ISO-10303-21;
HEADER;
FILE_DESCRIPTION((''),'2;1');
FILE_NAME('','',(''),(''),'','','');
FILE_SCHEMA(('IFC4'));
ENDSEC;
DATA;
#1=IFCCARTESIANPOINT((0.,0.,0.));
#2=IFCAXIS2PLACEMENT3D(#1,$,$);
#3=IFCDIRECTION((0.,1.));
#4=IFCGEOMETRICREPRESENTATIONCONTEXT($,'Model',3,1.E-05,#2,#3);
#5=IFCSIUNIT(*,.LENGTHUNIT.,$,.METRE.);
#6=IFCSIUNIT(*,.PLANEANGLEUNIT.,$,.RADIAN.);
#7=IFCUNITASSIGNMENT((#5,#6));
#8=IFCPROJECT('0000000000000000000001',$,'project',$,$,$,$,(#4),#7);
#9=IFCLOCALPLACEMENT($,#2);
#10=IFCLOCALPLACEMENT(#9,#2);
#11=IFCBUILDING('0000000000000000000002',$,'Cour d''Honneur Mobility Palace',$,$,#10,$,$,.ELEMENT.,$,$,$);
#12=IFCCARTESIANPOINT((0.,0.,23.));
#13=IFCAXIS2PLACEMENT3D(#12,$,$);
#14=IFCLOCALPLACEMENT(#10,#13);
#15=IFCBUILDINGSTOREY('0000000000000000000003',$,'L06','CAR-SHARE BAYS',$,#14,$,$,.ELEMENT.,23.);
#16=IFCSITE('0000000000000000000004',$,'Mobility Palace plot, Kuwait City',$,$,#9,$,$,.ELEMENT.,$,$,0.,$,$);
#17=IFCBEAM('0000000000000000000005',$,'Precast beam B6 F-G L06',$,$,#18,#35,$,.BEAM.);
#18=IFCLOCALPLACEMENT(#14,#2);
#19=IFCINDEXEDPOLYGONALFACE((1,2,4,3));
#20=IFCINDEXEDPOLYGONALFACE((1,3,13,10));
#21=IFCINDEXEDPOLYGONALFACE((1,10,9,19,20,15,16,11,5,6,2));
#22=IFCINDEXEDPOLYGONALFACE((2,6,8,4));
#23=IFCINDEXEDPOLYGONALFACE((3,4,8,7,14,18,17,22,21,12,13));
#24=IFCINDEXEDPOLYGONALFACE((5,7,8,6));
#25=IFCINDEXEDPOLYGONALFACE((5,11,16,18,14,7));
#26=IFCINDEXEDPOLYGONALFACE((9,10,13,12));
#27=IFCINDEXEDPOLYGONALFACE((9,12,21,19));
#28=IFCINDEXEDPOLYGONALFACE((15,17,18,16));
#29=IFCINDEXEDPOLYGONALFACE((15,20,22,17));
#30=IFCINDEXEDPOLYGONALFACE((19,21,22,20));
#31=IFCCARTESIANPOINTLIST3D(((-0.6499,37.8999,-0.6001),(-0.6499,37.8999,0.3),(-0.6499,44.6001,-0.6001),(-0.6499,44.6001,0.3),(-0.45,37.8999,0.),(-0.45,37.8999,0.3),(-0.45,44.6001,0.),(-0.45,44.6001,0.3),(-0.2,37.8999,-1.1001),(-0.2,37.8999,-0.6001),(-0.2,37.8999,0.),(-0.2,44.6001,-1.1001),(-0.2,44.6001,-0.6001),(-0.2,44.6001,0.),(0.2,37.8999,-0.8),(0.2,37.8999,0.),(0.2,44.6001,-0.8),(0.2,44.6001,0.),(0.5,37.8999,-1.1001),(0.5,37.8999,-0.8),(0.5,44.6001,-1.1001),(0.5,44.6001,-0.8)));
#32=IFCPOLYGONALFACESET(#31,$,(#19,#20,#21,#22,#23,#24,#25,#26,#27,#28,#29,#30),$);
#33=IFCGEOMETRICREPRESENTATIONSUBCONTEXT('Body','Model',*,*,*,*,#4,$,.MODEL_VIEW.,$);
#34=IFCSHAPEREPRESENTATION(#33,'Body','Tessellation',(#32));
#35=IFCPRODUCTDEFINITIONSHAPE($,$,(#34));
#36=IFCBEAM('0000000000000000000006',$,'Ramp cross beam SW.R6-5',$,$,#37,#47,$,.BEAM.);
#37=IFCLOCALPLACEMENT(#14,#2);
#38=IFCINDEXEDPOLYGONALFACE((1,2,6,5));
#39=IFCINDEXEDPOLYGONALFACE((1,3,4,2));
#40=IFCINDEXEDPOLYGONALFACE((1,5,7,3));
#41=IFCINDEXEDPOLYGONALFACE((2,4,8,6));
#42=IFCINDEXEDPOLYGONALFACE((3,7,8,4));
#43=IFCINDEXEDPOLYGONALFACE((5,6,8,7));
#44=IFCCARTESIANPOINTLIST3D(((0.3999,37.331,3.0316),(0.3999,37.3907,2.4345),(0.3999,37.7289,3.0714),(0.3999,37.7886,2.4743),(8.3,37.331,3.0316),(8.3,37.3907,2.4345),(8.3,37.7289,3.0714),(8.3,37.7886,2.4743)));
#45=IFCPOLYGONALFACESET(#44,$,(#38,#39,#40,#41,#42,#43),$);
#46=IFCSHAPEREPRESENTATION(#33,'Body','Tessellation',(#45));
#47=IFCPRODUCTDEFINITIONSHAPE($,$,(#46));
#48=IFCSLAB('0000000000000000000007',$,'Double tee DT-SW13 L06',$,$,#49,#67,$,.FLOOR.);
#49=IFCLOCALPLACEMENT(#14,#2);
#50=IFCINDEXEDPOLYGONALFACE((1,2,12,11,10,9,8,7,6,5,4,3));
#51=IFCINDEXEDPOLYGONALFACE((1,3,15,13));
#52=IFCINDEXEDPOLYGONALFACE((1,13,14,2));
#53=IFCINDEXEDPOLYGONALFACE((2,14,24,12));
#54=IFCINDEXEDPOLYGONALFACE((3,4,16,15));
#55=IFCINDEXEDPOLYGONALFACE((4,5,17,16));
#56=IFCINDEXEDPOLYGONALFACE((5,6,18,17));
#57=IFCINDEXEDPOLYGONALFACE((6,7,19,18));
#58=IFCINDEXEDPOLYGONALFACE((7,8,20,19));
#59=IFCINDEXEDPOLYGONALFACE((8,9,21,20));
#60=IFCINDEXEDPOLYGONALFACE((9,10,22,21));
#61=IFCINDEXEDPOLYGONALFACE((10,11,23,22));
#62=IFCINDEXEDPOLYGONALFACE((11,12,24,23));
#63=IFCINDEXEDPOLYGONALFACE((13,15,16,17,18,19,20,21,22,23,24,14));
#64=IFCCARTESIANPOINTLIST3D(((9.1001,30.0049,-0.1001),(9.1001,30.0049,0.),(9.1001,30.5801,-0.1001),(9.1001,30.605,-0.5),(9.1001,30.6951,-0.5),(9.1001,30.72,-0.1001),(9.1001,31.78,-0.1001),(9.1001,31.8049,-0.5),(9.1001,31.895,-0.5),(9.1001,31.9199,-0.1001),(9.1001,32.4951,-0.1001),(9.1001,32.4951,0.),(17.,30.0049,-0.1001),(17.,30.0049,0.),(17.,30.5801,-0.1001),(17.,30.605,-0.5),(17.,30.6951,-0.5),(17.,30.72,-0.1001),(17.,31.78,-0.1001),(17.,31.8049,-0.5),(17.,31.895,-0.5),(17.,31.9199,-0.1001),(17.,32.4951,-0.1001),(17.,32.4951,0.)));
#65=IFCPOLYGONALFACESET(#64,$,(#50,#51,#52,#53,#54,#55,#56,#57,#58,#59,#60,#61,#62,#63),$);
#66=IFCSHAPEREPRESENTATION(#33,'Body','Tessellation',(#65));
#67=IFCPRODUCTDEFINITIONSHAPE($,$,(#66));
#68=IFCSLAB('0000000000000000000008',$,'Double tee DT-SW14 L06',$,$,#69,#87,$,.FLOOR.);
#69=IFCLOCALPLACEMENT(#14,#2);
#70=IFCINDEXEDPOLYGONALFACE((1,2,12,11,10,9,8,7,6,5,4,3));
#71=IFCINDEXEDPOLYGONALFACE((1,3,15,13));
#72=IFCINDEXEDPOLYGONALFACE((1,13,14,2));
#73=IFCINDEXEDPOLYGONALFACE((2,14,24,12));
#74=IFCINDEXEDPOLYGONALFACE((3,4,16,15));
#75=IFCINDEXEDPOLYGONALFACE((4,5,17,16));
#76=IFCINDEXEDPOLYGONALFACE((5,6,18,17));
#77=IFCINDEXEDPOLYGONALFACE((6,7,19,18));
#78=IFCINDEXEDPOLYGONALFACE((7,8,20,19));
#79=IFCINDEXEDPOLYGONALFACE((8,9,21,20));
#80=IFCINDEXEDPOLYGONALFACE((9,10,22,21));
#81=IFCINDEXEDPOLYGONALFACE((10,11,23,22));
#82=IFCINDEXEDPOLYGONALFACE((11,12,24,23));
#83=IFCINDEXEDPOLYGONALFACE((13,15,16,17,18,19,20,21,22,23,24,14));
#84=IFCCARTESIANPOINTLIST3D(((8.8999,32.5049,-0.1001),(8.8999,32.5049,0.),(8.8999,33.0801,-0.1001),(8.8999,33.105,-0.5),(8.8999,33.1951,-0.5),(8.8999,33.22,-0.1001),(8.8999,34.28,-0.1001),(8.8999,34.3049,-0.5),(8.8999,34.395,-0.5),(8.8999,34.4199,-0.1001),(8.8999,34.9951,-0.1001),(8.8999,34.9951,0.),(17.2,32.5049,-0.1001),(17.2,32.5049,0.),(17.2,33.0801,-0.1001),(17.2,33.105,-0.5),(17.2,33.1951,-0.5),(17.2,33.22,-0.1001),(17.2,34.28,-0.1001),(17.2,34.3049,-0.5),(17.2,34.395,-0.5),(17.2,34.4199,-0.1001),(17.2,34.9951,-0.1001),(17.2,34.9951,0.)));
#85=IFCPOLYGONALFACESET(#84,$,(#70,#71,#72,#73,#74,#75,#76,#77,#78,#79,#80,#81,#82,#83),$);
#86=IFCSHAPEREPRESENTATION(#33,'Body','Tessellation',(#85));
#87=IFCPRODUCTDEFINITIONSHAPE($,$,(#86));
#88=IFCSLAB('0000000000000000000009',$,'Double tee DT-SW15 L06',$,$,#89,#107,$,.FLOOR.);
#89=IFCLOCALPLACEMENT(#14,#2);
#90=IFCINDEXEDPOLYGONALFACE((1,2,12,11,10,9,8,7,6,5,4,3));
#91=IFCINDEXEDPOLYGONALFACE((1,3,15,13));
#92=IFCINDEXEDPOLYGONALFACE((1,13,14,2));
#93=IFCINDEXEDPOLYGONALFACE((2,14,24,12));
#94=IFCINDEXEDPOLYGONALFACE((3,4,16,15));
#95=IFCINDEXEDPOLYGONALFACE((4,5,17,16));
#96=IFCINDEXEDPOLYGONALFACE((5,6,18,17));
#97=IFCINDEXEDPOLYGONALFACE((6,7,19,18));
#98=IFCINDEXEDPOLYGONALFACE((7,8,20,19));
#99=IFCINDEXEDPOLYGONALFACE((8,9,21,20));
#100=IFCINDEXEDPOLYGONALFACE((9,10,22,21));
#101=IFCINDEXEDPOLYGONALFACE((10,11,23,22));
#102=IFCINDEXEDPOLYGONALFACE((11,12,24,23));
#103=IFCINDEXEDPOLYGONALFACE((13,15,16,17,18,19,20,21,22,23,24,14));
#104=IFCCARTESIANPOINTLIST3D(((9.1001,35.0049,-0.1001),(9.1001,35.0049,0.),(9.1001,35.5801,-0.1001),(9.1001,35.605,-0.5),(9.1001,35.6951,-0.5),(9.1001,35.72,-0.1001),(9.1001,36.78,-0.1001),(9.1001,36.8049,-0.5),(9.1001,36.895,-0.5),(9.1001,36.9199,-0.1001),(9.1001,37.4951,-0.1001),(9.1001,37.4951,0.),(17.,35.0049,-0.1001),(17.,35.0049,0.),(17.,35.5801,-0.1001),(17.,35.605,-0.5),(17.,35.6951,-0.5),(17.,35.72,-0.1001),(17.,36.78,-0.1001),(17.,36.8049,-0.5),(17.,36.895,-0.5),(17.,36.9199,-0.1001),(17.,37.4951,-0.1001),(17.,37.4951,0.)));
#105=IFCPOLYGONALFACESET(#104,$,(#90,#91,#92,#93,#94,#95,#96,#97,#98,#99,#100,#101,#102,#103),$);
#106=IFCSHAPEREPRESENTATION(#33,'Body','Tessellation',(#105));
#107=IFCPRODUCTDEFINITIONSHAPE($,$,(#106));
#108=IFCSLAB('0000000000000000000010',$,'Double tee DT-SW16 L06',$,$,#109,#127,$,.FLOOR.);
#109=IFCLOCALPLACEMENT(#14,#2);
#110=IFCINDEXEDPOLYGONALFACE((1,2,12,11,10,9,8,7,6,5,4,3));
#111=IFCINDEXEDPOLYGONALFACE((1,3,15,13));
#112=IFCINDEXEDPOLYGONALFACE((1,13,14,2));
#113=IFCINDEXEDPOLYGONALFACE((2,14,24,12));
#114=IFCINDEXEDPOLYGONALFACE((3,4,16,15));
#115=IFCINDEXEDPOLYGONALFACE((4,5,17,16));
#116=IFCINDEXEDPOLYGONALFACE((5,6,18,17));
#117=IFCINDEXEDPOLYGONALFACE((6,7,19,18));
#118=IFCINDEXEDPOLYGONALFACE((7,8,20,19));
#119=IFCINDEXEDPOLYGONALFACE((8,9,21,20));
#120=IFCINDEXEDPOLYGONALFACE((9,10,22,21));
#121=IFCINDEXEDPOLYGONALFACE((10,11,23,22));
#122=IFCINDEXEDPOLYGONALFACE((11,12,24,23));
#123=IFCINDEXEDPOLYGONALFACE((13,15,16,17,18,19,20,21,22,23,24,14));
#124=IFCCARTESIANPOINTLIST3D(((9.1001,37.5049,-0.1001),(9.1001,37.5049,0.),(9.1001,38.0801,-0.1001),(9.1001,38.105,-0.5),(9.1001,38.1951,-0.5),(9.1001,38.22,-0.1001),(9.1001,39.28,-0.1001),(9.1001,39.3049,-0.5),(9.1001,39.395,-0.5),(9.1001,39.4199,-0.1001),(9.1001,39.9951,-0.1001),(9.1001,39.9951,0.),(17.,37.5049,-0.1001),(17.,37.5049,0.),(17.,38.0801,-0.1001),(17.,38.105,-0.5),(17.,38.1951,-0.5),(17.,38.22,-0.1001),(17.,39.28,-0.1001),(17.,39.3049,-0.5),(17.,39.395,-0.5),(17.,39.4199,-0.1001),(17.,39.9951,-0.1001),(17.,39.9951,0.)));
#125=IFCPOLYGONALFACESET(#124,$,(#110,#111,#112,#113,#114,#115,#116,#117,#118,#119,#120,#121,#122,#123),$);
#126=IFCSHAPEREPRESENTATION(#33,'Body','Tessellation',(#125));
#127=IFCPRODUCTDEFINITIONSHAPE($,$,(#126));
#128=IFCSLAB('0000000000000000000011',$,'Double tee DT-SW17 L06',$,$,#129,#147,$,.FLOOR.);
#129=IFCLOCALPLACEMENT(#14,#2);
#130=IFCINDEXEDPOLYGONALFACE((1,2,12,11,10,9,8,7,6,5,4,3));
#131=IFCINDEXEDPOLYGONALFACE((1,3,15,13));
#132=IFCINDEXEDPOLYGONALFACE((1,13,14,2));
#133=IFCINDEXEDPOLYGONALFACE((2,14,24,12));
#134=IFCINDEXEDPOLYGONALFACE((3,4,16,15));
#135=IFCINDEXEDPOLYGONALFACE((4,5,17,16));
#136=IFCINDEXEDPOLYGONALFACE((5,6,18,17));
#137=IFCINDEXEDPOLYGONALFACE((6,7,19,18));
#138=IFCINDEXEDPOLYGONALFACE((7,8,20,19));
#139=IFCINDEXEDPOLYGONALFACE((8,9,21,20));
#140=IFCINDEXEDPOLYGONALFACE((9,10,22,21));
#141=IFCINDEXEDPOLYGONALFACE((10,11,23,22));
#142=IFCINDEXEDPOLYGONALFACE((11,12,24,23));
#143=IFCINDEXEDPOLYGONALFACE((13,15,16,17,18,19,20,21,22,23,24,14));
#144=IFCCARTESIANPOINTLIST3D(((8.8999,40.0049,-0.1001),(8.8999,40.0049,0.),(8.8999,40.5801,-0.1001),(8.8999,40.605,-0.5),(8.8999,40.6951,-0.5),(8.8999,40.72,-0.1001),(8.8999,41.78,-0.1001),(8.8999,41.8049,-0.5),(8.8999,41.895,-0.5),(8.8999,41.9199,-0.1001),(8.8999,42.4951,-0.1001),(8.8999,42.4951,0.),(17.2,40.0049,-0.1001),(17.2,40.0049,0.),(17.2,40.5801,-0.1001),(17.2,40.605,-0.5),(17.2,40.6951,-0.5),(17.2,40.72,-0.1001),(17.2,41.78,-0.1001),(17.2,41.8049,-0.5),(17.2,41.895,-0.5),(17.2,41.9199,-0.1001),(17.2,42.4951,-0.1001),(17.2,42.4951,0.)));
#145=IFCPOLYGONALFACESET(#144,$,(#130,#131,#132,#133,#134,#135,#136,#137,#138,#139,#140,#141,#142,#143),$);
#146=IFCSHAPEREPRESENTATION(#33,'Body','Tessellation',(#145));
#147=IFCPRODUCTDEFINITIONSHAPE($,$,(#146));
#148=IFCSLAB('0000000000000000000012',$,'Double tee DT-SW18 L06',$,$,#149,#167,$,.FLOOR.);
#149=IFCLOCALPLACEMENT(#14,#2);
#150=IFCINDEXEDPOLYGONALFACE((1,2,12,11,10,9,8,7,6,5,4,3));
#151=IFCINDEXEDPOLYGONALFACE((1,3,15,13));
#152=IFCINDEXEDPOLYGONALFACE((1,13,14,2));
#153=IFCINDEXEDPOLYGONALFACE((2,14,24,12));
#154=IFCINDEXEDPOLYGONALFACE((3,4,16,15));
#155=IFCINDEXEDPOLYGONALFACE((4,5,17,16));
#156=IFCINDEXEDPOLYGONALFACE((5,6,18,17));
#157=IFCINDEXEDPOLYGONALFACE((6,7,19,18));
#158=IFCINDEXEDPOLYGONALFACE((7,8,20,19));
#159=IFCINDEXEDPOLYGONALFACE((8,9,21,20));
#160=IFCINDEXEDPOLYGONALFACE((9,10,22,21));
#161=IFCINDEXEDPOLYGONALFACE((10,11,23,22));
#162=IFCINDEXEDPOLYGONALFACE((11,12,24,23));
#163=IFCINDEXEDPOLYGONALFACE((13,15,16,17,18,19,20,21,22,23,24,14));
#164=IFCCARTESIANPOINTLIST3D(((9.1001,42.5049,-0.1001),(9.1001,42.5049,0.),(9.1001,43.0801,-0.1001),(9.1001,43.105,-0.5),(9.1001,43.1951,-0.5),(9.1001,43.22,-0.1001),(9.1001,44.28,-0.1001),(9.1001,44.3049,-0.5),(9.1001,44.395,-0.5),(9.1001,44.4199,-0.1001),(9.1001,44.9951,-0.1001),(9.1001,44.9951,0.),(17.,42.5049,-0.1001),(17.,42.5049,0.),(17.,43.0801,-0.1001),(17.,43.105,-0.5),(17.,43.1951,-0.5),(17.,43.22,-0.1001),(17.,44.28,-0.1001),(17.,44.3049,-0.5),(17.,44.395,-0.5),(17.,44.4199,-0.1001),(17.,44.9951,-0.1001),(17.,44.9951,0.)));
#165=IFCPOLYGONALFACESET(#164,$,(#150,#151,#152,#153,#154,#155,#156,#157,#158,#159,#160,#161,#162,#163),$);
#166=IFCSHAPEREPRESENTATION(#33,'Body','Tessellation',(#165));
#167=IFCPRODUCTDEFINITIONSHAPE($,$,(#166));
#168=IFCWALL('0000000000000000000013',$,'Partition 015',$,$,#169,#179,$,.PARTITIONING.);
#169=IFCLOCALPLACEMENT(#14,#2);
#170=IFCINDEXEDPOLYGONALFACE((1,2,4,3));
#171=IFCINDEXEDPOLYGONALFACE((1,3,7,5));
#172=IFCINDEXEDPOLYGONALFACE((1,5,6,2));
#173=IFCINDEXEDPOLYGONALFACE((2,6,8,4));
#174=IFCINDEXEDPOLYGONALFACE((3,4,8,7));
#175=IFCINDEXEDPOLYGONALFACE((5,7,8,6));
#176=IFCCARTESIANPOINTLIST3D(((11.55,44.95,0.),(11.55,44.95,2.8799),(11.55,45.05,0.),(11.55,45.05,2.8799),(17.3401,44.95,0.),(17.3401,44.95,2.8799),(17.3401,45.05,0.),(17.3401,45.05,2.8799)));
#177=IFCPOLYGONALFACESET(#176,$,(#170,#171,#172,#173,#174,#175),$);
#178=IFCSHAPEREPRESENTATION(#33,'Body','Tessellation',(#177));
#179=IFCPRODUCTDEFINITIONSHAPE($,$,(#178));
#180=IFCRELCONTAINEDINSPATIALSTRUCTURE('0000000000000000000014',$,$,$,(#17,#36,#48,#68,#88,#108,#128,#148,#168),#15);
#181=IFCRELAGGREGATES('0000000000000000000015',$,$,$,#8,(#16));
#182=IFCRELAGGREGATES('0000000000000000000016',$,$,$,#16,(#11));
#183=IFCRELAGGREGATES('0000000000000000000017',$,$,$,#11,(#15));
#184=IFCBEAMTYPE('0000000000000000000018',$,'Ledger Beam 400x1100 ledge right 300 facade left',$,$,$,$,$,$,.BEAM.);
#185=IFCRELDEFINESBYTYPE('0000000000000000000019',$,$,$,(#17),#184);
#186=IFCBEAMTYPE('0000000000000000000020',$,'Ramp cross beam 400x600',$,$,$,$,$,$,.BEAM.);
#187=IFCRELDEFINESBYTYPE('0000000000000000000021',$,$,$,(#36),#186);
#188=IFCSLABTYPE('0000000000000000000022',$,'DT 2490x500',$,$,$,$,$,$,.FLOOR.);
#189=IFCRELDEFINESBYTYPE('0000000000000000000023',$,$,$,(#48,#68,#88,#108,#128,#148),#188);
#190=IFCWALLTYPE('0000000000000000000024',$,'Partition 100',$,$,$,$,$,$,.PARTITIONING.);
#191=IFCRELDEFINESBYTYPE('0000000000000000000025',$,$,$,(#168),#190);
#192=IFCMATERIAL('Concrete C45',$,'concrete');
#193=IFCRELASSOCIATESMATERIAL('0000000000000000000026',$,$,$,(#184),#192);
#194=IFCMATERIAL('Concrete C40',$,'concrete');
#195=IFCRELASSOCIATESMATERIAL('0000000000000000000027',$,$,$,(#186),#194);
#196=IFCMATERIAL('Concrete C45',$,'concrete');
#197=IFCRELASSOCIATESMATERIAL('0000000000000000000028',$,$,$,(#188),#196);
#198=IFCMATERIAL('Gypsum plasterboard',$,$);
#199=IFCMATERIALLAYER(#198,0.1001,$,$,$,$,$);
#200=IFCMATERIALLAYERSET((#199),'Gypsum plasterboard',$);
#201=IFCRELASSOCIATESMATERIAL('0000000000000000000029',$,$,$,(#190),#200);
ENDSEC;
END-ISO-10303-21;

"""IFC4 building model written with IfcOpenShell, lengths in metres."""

from ifc_helpers import new_model, si_unit, direction, frame, frame_2d, origin, origin_2d, place, context, subcontext, project, spatial, polyline, rectangle, outline, extrude, material, layer, layer_set, material_profile, profile_set, type_object, element, save


model = new_model("IFC4")

# Units and contexts
model_context = context("Model", 3, precision=1e-05, world=origin(), true_north=direction((0.0, 1.0)))
body_context = subcontext(model_context, "Body", "Model", "MODEL_VIEW")
ifc_project = project(units=[si_unit("LENGTHUNIT", "METRE"), si_unit("PLANEANGLEUNIT", "RADIAN")], contexts=[model_context])

# Site, building, storey
site_placement = place(None, origin())
site = spatial("IfcSite", under=ifc_project, at=site_placement, Name="Mobility Palace plot, Kuwait City", CompositionType="ELEMENT", RefElevation=0.0)
building_placement = place(site_placement, origin())
building = spatial("IfcBuilding", under=site, at=building_placement, Name="Cour d'Honneur Mobility Palace", CompositionType="ELEMENT")
storey_placement = place(building_placement, frame((0.0, 0.0, 23.0)))
storey = spatial("IfcBuildingStorey", under=building, at=storey_placement, Name="L06", Description="CAR-SHARE BAYS", CompositionType="ELEMENT", Elevation=23.0)

# Beams
ifc_material_1 = material(Name="Concrete C45", Category="concrete")
ifc_material_profile_1 = material_profile(ifc_material_1, outline(polyline([(0.2, -1.1001), (0.2, -0.6001), (0.6499, -0.6001), (0.6499, 0.3), (0.45, 0.3), (0.45, 0.0), (0.2, 0.0), (-0.2, 0.0), (-0.2, -0.8), (-0.5, -0.8), (-0.5, -1.1001), (0.2, -1.1001)])), Name="Ledger Beam 400x1100 ledge right 300 facade left")
ifc_profile_set_1 = profile_set([ifc_material_profile_1], Name="Concrete C45")
beam_type_1 = type_object("IfcBeamType", Name="Ledger Beam 400x1100 ledge right 300 facade left", PredefinedType="BEAM", material=ifc_profile_set_1)
for number, where, z_axis, x_axis, name in (
    (1, (0.0, 37.8999, 0.0), (0.0, 1.0, 0.0), (-1.0, 0.0, 0.0), "Precast beam B6 F-G L06"),
):
    element("IfcBeam", number, at=place(storey_placement, frame(where, z_axis=z_axis, x_axis=x_axis)), inside=storey, type_object=beam_type_1, Name=name, PredefinedType="BEAM", context=body_context, shape_type="SweptSolid", body=[
        extrude(outline(polyline([(0.2, -1.1001), (0.2, -0.6001), (0.6499, -0.6001), (0.6499, 0.3), (0.45, 0.3), (0.45, 0.0), (0.2, 0.0), (-0.2, 0.0), (-0.2, -0.8), (-0.5, -0.8), (-0.5, -1.1001), (0.2, -1.1001)])), origin(), (0.0, 0.0, 1.0), 6.7002),
    ])
ifc_material_2 = material(Name="Concrete C40", Category="concrete")
ifc_material_profile_2 = material_profile(ifc_material_2, rectangle(XDim=0.3999, YDim=0.6001, at=origin_2d()), Name="Ramp cross beam 400x600")
ifc_profile_set_2 = profile_set([ifc_material_profile_2], Name="Concrete C40")
beam_type_2 = type_object("IfcBeamType", Name="Ramp cross beam 400x600", PredefinedType="BEAM", material=ifc_profile_set_2)
beam_placement = place(storey_placement, frame((0.3999, 37.5598, 2.7529), z_axis=(1.0, 0.0, 0.0), x_axis=(0.0, 0.995037, 0.099504)))
element("IfcBeam", 2, at=beam_placement, inside=storey, type_object=beam_type_2, Name="Ramp cross beam SW.R6-5", PredefinedType="BEAM", context=body_context, shape_type="SweptSolid", body=[
    extrude(rectangle(XDim=0.3999, YDim=0.6001, at=origin_2d()), origin(), (0.0, 0.0, 1.0), 7.9001),
])

# Slabs
ifc_material_3 = material(Name="Concrete C45", Category="concrete")
ifc_material_profile_3 = material_profile(ifc_material_3, outline(polyline([(-1.2451, 0.0), (1.2451, 0.0), (1.2451, -0.1001), (0.6699, -0.1001), (0.645, -0.5), (0.5549, -0.5), (0.53, -0.1001), (-0.53, -0.1001), (-0.5549, -0.5), (-0.645, -0.5), (-0.6699, -0.1001), (-1.2451, -0.1001), (-1.2451, 0.0)])), Name="DT 2490x500")
ifc_profile_set_3 = profile_set([ifc_material_profile_3], Name="Concrete C45")
slab_type = type_object("IfcSlabType", Name="DT 2490x500", PredefinedType="FLOOR", material=ifc_profile_set_3)
slab_1_placement = place(storey_placement, frame((9.1001, 31.25, 0.0), z_axis=(1.0, 0.0, 0.0), x_axis=(0.0, 1.0, 0.0)))
element("IfcSlab", 3, at=slab_1_placement, inside=storey, type_object=slab_type, Name="Double tee DT-SW13 L06", PredefinedType="FLOOR", context=body_context, shape_type="SweptSolid", body=[
    extrude(outline(polyline([(-1.2451, 0.0), (1.2451, 0.0), (1.2451, -0.1001), (0.6699, -0.1001), (0.645, -0.5), (0.5549, -0.5), (0.53, -0.1001), (-0.53, -0.1001), (-0.5549, -0.5), (-0.645, -0.5), (-0.6699, -0.1001), (-1.2451, -0.1001), (-1.2451, 0.0)])), origin(), (0.0, 0.0, 1.0), 7.8999),
])
slab_2_placement = place(storey_placement, frame((8.8999, 33.75, 0.0), z_axis=(1.0, 0.0, 0.0), x_axis=(0.0, 1.0, 0.0)))
element("IfcSlab", 4, at=slab_2_placement, inside=storey, type_object=slab_type, Name="Double tee DT-SW14 L06", PredefinedType="FLOOR", context=body_context, shape_type="SweptSolid", body=[
    extrude(outline(polyline([(-1.2451, 0.0), (1.2451, 0.0), (1.2451, -0.1001), (0.6699, -0.1001), (0.645, -0.5), (0.5549, -0.5), (0.53, -0.1001), (-0.53, -0.1001), (-0.5549, -0.5), (-0.645, -0.5), (-0.6699, -0.1001), (-1.2451, -0.1001), (-1.2451, 0.0)])), origin(), (0.0, 0.0, 1.0), 8.3),
])
for number, where, z_axis, x_axis, name in (
    (5, (9.1001, 36.25, 0.0), (1.0, 0.0, 0.0), (0.0, 1.0, 0.0), "Double tee DT-SW15 L06"),
    (6, (9.1001, 38.75, 0.0), (1.0, 0.0, 0.0), (0.0, 1.0, 0.0), "Double tee DT-SW16 L06"),
):
    element("IfcSlab", number, at=place(storey_placement, frame(where, z_axis=z_axis, x_axis=x_axis)), inside=storey, type_object=slab_type, Name=name, PredefinedType="FLOOR", context=body_context, shape_type="SweptSolid", body=[
        extrude(outline(polyline([(-1.2451, 0.0), (1.2451, 0.0), (1.2451, -0.1001), (0.6699, -0.1001), (0.645, -0.5), (0.5549, -0.5), (0.53, -0.1001), (-0.53, -0.1001), (-0.5549, -0.5), (-0.645, -0.5), (-0.6699, -0.1001), (-1.2451, -0.1001), (-1.2451, 0.0)])), origin(), (0.0, 0.0, 1.0), 7.8999),
    ])
slab_3_placement = place(storey_placement, frame((8.8999, 41.25, 0.0), z_axis=(1.0, 0.0, 0.0), x_axis=(0.0, 1.0, 0.0)))
element("IfcSlab", 7, at=slab_3_placement, inside=storey, type_object=slab_type, Name="Double tee DT-SW17 L06", PredefinedType="FLOOR", context=body_context, shape_type="SweptSolid", body=[
    extrude(outline(polyline([(-1.2451, 0.0), (1.2451, 0.0), (1.2451, -0.1001), (0.6699, -0.1001), (0.645, -0.5), (0.5549, -0.5), (0.53, -0.1001), (-0.53, -0.1001), (-0.5549, -0.5), (-0.645, -0.5), (-0.6699, -0.1001), (-1.2451, -0.1001), (-1.2451, 0.0)])), origin(), (0.0, 0.0, 1.0), 8.3),
])
slab_4_placement = place(storey_placement, frame((9.1001, 43.75, 0.0), z_axis=(1.0, 0.0, 0.0), x_axis=(0.0, 1.0, 0.0)))
element("IfcSlab", 8, at=slab_4_placement, inside=storey, type_object=slab_type, Name="Double tee DT-SW18 L06", PredefinedType="FLOOR", context=body_context, shape_type="SweptSolid", body=[
    extrude(outline(polyline([(-1.2451, 0.0), (1.2451, 0.0), (1.2451, -0.1001), (0.6699, -0.1001), (0.645, -0.5), (0.5549, -0.5), (0.53, -0.1001), (-0.53, -0.1001), (-0.5549, -0.5), (-0.645, -0.5), (-0.6699, -0.1001), (-1.2451, -0.1001), (-1.2451, 0.0)])), origin(), (0.0, 0.0, 1.0), 7.8999),
])

# Wall
ifc_material_4 = material(Name="Gypsum plasterboard")
ifc_layer_1 = layer(ifc_material_4, 0.1001)
ifc_layer_set_1 = layer_set([ifc_layer_1], Name="Gypsum plasterboard")
wall_type = type_object("IfcWallType", Name="Partition 100", PredefinedType="PARTITIONING", material=ifc_layer_set_1)
wall_placement = place(storey_placement, frame((11.55, 45.0, 0.0), z_axis=(0.0, 0.0, 1.0), x_axis=(1.0, 0.0, 0.0)))
element("IfcWall", 9, at=wall_placement, inside=storey, type_object=wall_type, Name="Partition 015", PredefinedType="PARTITIONING", context=body_context, shape_type="SweptSolid", body=[
    extrude(rectangle(XDim=5.79, YDim=0.1001, at=frame_2d((2.895, 0.0))), origin(), (0.0, 0.0, 1.0), 2.8799),
])

save(model, "model.ifc")
